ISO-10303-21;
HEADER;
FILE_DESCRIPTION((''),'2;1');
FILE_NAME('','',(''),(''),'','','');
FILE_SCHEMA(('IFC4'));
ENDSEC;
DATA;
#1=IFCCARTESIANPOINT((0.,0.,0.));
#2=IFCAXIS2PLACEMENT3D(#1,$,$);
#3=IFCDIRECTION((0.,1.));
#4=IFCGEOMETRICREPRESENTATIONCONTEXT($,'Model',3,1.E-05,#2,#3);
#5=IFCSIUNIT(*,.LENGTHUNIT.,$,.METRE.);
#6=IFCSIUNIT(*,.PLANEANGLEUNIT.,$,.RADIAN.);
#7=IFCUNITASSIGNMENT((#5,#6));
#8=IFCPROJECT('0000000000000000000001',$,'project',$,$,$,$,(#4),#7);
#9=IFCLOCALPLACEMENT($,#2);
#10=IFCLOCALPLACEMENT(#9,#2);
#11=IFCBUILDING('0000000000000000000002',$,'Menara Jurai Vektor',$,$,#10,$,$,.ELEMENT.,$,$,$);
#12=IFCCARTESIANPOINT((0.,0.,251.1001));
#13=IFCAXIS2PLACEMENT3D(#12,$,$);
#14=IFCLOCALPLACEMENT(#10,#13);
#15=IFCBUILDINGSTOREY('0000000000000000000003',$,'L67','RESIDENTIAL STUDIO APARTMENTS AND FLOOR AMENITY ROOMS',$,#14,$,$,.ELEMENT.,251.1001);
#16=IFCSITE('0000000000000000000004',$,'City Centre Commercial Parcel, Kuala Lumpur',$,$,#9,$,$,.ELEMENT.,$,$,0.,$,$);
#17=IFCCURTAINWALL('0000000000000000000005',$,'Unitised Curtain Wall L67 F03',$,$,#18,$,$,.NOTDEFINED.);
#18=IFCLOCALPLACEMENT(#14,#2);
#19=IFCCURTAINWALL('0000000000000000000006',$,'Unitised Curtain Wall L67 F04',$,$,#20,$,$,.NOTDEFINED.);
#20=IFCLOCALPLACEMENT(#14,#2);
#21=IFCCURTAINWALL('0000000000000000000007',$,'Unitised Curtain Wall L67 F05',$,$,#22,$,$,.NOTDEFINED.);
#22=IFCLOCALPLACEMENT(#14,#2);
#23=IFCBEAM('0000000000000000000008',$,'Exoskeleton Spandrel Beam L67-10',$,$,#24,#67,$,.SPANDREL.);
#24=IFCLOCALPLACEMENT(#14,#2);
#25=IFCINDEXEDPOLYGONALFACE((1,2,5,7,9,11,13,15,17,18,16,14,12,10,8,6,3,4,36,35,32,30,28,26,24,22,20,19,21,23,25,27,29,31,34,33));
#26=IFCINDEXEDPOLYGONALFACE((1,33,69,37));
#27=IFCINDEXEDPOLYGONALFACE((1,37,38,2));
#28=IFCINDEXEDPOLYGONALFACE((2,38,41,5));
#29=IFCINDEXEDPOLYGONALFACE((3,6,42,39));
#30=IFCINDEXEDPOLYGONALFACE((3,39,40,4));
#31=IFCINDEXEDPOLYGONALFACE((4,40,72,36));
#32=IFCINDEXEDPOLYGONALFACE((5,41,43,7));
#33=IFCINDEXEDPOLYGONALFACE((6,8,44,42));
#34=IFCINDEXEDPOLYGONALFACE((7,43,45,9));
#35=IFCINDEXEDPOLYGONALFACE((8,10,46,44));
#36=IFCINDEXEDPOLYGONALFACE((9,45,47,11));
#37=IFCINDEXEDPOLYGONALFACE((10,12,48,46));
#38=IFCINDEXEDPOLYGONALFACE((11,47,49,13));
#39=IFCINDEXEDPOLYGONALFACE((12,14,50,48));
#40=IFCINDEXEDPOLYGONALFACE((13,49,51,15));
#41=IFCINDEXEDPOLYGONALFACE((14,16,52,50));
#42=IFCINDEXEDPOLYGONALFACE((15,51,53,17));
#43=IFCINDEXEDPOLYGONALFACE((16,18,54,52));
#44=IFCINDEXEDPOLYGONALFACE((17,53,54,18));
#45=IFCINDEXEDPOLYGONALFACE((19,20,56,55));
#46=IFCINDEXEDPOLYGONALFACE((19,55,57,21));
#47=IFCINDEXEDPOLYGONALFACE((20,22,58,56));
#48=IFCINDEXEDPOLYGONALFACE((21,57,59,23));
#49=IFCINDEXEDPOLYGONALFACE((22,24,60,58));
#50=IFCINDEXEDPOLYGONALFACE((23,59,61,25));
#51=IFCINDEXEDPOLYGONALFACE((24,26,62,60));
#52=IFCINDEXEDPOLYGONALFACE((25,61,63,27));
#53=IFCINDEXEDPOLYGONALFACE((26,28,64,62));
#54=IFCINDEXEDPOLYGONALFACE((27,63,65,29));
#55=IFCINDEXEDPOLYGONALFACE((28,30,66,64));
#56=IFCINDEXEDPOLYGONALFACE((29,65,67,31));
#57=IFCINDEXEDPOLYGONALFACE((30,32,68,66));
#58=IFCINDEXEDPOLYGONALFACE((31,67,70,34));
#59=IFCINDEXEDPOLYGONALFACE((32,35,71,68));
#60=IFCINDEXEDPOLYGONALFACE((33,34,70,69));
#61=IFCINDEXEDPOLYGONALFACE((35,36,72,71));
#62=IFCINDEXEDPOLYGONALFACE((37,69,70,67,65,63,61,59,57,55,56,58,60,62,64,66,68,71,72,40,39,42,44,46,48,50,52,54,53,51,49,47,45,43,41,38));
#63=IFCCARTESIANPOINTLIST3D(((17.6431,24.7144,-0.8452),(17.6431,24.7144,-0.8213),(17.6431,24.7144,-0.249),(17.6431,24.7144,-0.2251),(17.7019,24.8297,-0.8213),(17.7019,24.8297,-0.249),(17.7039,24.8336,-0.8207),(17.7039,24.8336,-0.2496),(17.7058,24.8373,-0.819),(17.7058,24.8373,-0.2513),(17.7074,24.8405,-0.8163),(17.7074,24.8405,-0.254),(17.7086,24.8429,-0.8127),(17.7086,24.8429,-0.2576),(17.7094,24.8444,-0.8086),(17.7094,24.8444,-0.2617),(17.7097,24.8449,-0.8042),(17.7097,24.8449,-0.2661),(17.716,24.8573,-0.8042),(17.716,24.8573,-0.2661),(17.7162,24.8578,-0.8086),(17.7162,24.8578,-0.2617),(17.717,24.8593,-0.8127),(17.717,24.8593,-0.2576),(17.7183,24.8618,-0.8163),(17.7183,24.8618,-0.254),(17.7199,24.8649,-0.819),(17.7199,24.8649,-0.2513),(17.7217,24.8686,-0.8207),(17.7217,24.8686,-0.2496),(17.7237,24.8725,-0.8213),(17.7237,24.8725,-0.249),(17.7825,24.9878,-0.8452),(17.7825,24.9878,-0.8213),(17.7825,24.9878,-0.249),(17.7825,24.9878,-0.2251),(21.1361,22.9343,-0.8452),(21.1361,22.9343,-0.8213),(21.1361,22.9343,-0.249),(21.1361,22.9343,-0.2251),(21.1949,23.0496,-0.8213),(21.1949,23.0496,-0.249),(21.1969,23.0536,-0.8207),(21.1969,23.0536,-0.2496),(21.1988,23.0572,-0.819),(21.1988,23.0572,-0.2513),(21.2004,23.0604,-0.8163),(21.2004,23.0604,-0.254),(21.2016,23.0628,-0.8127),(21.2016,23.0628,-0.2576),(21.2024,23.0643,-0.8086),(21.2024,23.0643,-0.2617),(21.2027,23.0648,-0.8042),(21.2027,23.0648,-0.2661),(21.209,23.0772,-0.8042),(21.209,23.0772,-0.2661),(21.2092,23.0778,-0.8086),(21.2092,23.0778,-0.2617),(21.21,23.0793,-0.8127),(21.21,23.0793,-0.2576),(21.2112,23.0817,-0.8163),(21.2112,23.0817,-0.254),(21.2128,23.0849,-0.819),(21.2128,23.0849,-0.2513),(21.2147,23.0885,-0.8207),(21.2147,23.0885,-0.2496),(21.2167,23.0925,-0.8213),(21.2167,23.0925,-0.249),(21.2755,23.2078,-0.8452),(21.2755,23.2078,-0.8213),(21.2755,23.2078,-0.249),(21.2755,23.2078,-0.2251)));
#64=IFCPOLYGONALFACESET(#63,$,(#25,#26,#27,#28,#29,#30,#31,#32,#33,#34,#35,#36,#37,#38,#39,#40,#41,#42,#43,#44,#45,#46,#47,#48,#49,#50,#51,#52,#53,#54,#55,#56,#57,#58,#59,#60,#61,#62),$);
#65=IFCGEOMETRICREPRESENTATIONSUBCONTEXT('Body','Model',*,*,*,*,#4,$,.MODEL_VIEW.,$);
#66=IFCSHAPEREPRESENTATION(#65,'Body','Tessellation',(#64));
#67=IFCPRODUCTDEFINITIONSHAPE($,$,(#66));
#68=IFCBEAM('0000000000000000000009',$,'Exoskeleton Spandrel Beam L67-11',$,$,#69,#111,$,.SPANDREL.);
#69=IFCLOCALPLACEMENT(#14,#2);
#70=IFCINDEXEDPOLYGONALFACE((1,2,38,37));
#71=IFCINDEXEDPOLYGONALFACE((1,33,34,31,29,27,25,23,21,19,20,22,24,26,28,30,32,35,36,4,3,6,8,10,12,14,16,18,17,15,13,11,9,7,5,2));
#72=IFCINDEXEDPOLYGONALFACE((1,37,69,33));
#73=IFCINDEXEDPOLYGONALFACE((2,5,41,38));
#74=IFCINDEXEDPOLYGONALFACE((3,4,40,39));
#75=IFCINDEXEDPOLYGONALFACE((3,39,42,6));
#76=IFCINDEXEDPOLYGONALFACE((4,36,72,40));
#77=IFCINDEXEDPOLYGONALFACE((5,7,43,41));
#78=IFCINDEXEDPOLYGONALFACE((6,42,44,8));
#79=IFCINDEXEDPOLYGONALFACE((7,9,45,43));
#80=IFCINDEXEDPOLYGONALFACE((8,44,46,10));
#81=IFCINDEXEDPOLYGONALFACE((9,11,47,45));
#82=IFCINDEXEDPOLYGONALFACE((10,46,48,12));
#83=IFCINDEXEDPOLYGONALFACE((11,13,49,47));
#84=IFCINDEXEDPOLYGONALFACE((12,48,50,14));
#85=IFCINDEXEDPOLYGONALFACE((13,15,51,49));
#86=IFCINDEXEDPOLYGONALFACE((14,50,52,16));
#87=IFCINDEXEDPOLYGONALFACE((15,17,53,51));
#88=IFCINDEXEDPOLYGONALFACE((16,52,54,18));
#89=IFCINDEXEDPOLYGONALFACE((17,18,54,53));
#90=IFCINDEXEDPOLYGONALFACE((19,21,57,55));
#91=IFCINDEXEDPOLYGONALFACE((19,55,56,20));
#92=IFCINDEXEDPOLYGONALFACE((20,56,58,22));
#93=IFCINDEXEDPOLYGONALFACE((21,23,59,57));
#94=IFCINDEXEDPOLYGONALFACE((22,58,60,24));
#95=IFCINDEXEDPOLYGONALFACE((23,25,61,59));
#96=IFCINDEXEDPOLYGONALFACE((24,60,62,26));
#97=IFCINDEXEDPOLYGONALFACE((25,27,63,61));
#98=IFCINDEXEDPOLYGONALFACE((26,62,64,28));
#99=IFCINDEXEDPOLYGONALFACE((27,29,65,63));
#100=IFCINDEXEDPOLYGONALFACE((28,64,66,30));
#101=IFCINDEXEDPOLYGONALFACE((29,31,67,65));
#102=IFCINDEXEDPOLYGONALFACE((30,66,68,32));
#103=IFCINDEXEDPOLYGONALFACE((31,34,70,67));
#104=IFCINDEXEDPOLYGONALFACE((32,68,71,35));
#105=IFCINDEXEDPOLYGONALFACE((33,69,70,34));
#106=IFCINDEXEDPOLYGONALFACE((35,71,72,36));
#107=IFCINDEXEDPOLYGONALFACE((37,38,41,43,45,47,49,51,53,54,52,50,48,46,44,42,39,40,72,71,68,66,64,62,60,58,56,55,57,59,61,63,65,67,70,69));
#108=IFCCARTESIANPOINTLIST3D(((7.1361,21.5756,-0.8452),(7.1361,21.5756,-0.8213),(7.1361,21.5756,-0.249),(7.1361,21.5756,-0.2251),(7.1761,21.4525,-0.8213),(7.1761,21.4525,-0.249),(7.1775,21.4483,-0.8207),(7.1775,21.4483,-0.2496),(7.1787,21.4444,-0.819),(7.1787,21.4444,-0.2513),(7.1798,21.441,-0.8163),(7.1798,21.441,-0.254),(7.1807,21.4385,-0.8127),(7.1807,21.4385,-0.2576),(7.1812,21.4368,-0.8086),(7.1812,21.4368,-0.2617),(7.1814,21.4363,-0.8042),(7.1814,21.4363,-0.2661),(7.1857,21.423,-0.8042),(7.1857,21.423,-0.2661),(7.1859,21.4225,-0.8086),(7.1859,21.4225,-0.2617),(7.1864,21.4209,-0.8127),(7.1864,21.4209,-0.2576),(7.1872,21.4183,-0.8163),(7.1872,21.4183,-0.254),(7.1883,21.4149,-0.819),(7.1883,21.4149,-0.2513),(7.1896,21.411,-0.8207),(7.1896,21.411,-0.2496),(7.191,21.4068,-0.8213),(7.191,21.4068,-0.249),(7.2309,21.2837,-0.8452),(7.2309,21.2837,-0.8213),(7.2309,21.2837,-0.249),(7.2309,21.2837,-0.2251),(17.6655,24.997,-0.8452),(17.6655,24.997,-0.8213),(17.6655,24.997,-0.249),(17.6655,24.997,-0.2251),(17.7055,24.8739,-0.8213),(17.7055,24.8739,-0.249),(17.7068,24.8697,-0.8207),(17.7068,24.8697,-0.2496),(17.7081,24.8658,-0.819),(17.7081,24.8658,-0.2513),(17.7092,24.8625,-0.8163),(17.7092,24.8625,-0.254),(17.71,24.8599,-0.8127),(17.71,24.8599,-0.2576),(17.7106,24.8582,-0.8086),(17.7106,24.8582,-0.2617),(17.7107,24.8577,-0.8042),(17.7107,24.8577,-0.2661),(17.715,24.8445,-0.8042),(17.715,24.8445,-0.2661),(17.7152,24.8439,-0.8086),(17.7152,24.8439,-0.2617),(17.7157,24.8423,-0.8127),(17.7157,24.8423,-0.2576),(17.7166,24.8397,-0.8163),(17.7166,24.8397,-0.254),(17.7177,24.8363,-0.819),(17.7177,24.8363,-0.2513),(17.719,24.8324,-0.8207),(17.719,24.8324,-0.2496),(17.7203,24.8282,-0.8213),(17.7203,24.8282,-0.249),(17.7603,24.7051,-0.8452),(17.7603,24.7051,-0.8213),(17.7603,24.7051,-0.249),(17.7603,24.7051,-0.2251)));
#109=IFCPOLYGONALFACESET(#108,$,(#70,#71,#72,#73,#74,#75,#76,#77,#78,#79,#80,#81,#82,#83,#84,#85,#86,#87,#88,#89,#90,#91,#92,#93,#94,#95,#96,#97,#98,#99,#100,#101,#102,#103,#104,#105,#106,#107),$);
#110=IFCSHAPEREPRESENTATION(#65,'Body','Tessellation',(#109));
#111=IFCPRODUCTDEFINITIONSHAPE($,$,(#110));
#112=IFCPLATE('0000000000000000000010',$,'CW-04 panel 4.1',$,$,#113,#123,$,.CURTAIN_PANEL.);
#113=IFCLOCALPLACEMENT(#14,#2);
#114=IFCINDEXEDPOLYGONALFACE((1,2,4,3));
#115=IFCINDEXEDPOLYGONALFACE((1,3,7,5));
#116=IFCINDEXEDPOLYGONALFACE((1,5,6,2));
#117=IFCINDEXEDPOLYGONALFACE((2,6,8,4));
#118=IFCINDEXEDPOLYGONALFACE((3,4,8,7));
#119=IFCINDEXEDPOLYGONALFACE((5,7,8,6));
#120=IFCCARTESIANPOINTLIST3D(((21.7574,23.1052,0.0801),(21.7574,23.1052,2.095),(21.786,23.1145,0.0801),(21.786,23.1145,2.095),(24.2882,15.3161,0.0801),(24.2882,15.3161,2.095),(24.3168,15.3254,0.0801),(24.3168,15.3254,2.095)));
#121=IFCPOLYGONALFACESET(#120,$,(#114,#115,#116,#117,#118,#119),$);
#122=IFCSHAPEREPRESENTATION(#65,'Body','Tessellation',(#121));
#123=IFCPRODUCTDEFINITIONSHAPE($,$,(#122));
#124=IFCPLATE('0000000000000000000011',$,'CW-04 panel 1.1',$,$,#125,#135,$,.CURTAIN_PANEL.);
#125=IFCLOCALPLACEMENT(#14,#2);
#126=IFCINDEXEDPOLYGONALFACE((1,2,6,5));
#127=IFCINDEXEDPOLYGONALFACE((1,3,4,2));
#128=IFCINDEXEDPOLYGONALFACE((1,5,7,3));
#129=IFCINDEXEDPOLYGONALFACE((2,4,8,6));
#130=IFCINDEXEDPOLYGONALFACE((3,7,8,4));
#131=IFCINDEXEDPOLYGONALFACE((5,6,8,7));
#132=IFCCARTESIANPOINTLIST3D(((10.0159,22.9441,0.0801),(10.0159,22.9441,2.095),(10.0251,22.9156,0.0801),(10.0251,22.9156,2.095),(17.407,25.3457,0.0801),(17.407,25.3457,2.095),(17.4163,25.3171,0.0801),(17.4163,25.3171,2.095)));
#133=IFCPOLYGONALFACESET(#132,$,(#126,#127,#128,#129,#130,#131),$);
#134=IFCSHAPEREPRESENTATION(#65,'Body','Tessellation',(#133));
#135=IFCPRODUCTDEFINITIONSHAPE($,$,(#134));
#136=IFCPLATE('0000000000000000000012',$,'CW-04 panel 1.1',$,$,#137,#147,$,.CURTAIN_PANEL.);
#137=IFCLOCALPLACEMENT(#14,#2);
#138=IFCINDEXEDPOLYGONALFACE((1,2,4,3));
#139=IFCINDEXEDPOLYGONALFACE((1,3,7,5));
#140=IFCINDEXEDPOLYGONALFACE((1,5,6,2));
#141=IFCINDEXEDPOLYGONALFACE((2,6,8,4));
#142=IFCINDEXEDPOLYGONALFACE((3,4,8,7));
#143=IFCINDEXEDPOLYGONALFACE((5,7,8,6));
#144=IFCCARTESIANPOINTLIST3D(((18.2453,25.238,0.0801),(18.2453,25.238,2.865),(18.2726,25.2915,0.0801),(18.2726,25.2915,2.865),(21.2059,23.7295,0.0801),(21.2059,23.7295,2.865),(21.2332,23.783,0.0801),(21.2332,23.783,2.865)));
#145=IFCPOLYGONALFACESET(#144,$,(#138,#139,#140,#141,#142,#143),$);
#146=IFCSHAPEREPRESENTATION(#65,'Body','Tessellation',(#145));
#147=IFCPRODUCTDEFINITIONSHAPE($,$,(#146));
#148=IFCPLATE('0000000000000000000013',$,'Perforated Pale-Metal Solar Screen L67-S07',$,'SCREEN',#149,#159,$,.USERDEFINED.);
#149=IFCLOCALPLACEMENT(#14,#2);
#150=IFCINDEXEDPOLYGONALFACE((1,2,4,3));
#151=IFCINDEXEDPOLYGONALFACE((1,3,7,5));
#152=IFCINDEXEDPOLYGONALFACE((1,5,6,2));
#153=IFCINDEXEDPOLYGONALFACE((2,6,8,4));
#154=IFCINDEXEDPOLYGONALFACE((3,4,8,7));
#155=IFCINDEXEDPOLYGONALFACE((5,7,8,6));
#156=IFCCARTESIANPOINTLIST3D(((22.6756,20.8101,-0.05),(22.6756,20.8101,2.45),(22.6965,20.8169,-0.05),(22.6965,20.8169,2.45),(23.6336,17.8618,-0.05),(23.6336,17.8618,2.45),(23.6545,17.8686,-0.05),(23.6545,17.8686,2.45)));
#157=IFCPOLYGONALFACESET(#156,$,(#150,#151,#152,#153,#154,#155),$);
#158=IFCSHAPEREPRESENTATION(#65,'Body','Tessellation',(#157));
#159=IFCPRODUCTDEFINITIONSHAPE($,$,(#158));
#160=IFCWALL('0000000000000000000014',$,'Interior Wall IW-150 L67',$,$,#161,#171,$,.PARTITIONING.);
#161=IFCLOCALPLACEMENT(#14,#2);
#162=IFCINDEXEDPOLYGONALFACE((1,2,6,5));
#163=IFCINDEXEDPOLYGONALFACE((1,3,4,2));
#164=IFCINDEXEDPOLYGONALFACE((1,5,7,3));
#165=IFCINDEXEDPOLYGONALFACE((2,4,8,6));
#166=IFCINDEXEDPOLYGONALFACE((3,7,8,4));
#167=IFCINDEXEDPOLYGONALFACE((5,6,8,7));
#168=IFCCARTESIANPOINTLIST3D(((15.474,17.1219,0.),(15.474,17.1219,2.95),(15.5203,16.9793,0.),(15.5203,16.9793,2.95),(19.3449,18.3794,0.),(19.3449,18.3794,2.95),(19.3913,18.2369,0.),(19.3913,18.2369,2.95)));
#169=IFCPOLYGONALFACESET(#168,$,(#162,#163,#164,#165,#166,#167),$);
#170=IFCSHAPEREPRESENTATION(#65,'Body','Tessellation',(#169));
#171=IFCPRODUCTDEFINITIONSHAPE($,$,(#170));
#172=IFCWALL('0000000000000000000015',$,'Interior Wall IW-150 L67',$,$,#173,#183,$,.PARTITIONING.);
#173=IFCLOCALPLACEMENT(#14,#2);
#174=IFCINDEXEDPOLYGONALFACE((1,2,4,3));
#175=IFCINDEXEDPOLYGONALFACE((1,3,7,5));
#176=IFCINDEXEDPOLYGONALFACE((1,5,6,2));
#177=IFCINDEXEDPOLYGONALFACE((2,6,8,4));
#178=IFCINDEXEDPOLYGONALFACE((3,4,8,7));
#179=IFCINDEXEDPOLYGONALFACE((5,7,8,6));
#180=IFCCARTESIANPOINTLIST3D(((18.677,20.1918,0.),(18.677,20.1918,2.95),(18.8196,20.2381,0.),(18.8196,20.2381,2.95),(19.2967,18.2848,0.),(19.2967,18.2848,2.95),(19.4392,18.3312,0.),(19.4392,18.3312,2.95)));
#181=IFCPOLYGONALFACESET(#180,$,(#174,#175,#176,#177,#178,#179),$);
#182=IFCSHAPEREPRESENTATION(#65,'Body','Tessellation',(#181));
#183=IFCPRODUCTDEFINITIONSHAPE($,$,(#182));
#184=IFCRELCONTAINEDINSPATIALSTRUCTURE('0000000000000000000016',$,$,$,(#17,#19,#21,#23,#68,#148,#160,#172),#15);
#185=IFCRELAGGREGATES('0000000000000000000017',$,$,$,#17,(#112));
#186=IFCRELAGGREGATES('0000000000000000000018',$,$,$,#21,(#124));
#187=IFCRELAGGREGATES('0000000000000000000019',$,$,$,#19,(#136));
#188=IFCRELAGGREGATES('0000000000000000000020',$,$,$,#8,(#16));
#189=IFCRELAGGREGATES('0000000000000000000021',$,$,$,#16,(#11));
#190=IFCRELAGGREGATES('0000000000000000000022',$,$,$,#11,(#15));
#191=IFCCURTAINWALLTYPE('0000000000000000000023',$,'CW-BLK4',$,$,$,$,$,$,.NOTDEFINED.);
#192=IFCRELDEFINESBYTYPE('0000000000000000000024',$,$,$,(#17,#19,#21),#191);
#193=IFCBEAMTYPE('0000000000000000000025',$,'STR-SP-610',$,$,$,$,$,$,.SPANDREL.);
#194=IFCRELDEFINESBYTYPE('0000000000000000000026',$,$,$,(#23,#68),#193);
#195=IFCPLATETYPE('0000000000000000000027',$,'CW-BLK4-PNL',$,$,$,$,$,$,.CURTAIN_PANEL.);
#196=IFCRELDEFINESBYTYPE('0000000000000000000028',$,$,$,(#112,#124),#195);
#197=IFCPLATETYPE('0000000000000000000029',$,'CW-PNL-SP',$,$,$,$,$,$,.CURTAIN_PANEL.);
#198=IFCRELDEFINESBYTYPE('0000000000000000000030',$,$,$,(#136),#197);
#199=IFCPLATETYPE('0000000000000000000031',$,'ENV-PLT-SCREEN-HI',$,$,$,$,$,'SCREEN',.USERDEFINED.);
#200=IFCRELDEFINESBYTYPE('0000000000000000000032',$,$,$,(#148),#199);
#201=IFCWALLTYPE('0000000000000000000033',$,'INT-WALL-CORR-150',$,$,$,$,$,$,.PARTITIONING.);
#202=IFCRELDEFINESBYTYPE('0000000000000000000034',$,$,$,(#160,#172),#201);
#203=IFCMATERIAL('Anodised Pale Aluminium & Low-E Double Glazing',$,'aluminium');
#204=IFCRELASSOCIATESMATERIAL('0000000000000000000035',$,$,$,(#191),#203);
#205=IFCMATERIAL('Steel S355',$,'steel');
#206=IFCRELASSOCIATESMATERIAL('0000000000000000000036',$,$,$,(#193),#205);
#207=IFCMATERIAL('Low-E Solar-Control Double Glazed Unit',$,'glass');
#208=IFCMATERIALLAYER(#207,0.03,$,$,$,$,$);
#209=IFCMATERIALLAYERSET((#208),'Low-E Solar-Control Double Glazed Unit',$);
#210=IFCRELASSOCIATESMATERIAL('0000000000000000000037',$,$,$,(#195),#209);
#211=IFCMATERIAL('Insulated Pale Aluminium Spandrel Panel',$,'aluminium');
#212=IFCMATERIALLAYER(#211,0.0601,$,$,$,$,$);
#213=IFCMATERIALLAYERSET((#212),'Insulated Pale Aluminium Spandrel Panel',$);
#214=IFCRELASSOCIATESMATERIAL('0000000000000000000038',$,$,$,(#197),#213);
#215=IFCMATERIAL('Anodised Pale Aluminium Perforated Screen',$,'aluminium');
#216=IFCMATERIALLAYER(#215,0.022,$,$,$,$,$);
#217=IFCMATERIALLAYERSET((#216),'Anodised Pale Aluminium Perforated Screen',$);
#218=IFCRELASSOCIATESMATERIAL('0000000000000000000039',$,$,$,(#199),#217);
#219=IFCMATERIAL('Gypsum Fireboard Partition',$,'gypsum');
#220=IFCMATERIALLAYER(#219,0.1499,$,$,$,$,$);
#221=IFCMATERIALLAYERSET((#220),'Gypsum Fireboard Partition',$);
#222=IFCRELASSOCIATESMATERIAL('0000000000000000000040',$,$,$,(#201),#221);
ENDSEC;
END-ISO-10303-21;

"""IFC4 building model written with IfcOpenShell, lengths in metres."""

from ifc_helpers import new_model, si_unit, direction, frame, frame_2d, origin, origin_2d, place, context, subcontext, project, spatial, rectangle, i_section, extrude, material, layer, layer_set, material_profile, profile_set, type_object, element, aggregate, save


model = new_model("IFC4")

# Units and contexts
model_context = context("Model", 3, precision=1e-05, world=origin(), true_north=direction((0.0, 1.0)))
body_context = subcontext(model_context, "Body", "Model", "MODEL_VIEW")
ifc_project = project(units=[si_unit("LENGTHUNIT", "METRE"), si_unit("PLANEANGLEUNIT", "RADIAN")], contexts=[model_context])

# Site, building, storey
site_placement = place(None, origin())
site = spatial("IfcSite", under=ifc_project, at=site_placement, Name="City Centre Commercial Parcel, Kuala Lumpur", CompositionType="ELEMENT", RefElevation=0.0)
building_placement = place(site_placement, origin())
building = spatial("IfcBuilding", under=site, at=building_placement, Name="Menara Jurai Vektor", CompositionType="ELEMENT")
storey_placement = place(building_placement, frame((0.0, 0.0, 251.1001)))
storey = spatial("IfcBuildingStorey", under=building, at=storey_placement, Name="L67", Description="RESIDENTIAL STUDIO APARTMENTS AND FLOOR AMENITY ROOMS", CompositionType="ELEMENT", Elevation=251.1001)

# Curtain wall
ifc_material_1 = material(Name="Anodised Pale Aluminium & Low-E Double Glazing", Category="aluminium")
curtain_wall_type = type_object("IfcCurtainWallType", Name="CW-BLK4", PredefinedType="NOTDEFINED", material=ifc_material_1)
curtain_wall_1_placement = place(storey_placement, origin())
curtain_wall_1 = element("IfcCurtainWall", 1, at=curtain_wall_1_placement, inside=storey, type_object=curtain_wall_type, Name="Unitised Curtain Wall L67 F03", PredefinedType="NOTDEFINED")

# Curtain wall
curtain_wall_2_placement = place(storey_placement, origin())
curtain_wall_2 = element("IfcCurtainWall", 2, at=curtain_wall_2_placement, inside=storey, type_object=curtain_wall_type, Name="Unitised Curtain Wall L67 F04", PredefinedType="NOTDEFINED")

# Curtain wall
curtain_wall_3_placement = place(storey_placement, origin())
curtain_wall_3 = element("IfcCurtainWall", 3, at=curtain_wall_3_placement, inside=storey, type_object=curtain_wall_type, Name="Unitised Curtain Wall L67 F05", PredefinedType="NOTDEFINED")

# Shared definitions
ifc_material_2 = material(Name="Steel S355", Category="steel")

# Beams
ifc_material_profile_1 = material_profile(ifc_material_2, i_section(OverallWidth=0.3069, OverallDepth=0.6201, WebThickness=0.0139, FlangeThickness=0.0239, FilletRadius=0.0171, at=origin_2d()), Name="UKB 610x305x179")
ifc_profile_set_1 = profile_set([ifc_material_profile_1], Name="Steel S355")
beam_type_1 = type_object("IfcBeamType", Name="STR-SP-610", PredefinedType="SPANDREL", material=ifc_profile_set_1)
beam_1_placement = place(storey_placement, frame((21.2058, 23.071, -0.5352), z_axis=(-0.890976, 0.454051, 0.0), x_axis=(-0.454051, -0.890976, 0.0)))
element("IfcBeam", 4, at=beam_1_placement, inside=storey, type_object=beam_type_1, Name="Exoskeleton Spandrel Beam L67-10", PredefinedType="SPANDREL", context=body_context, shape_type="SweptSolid", body=[
    extrude(i_section(OverallWidth=0.3069, OverallDepth=0.6201, WebThickness=0.0139, FlangeThickness=0.0239, FilletRadius=0.0171, at=origin_2d()), origin(), (0.0, 0.0, 1.0), 3.9204),
])
beam_2_placement = place(storey_placement, frame((17.7129, 24.8511, -0.5352), z_axis=(-0.951051, -0.309034, 0.0), x_axis=(0.309034, -0.951051, 0.0)))
element("IfcBeam", 5, at=beam_2_placement, inside=storey, type_object=beam_type_1, Name="Exoskeleton Spandrel Beam L67-11", PredefinedType="SPANDREL", context=body_context, shape_type="SweptSolid", body=[
    extrude(i_section(OverallWidth=0.3069, OverallDepth=0.6201, WebThickness=0.0139, FlangeThickness=0.0239, FilletRadius=0.0171, at=origin_2d()), origin(), (0.0, 0.0, 1.0), 11.0713),
])

# Plates
ifc_material_3 = material(Name="Low-E Solar-Control Double Glazed Unit", Category="glass")
ifc_layer_1 = layer(ifc_material_3, 0.03)
ifc_layer_set_1 = layer_set([ifc_layer_1], Name="Low-E Solar-Control Double Glazed Unit")
plate_type_1 = type_object("IfcPlateType", Name="CW-BLK4-PNL", PredefinedType="CURTAIN_PANEL", material=ifc_layer_set_1)
plate_1_placement = place(storey_placement, frame((23.0371, 19.2153, 0.0801), z_axis=(0.0, 0.0, 1.0), x_axis=(-0.309016, 0.951057, 0.0)))
plate_1 = element("IfcPlate", 6, at=plate_1_placement, type_object=plate_type_1, Name="CW-04 panel 4.1", PredefinedType="CURTAIN_PANEL", context=body_context, shape_type="SweptSolid", body=[
    extrude(rectangle(XDim=8.1899, YDim=0.03, at=origin_2d()), origin(), (0.0, 0.0, 1.0), 2.0149),
])
aggregate(curtain_wall_1, [plate_1])
plate_2_placement = place(storey_placement, frame((13.7161, 24.1306, 0.0801), z_axis=(0.0, 0.0, 1.0), x_axis=(-0.951056, -0.309017, 0.0)))
plate_2 = element("IfcPlate", 7, at=plate_2_placement, type_object=plate_type_1, Name="CW-04 panel 1.1", PredefinedType="CURTAIN_PANEL", context=body_context, shape_type="SweptSolid", body=[
    extrude(rectangle(XDim=7.7715, YDim=0.03, at=origin_2d()), origin(), (0.0, 0.0, 1.0), 2.0149),
])
aggregate(curtain_wall_3, [plate_2])
ifc_material_4 = material(Name="Insulated Pale Aluminium Spandrel Panel", Category="aluminium")
ifc_layer_2 = layer(ifc_material_4, 0.0601)
ifc_layer_set_2 = layer_set([ifc_layer_2], Name="Insulated Pale Aluminium Spandrel Panel")
plate_type_2 = type_object("IfcPlateType", Name="CW-PNL-SP", PredefinedType="CURTAIN_PANEL", material=ifc_layer_set_2)
plate_3_placement = place(storey_placement, frame((19.7393, 24.5105, 0.0801), z_axis=(0.0, 0.0, 1.0), x_axis=(-0.891008, 0.453989, 0.0)))
plate_3 = element("IfcPlate", 8, at=plate_3_placement, type_object=plate_type_2, Name="CW-04 panel 1.1", PredefinedType="CURTAIN_PANEL", context=body_context, shape_type="SweptSolid", body=[
    extrude(rectangle(XDim=3.3228, YDim=0.0601, at=origin_2d()), origin(), (0.0, 0.0, 1.0), 2.7849),
])
aggregate(curtain_wall_2, [plate_3])
ifc_material_5 = material(Name="Anodised Pale Aluminium Perforated Screen", Category="aluminium")
ifc_layer_3 = layer(ifc_material_5, 0.022)
ifc_layer_set_3 = layer_set([ifc_layer_3], Name="Anodised Pale Aluminium Perforated Screen")
plate_type_3 = type_object("IfcPlateType", Name="ENV-PLT-SCREEN-HI", ElementType="SCREEN", PredefinedType="USERDEFINED", material=ifc_layer_set_3)
plate_4_placement = place(storey_placement, frame((23.165, 19.3394, -0.05), z_axis=(0.0, 0.0, 1.0), x_axis=(-0.309017, 0.951057, 0.0)))
element("IfcPlate", 9, at=plate_4_placement, inside=storey, type_object=plate_type_3, Name="Perforated Pale-Metal Solar Screen L67-S07", ObjectType="SCREEN", PredefinedType="USERDEFINED", context=body_context, shape_type="SweptSolid", body=[
    extrude(rectangle(XDim=3.1001, YDim=0.022, at=origin_2d()), origin(), (0.0, 0.0, 1.0), 2.5),
])

# Shared definitions
ifc_material_6 = material(Name="Gypsum Fireboard Partition", Category="gypsum")
ifc_layer_4 = layer(ifc_material_6, 0.1499)
ifc_layer_set_4 = layer_set([ifc_layer_4], Name="Gypsum Fireboard Partition")
wall_type_1 = type_object("IfcWallType", Name="INT-WALL-CORR-150", PredefinedType="PARTITIONING", material=ifc_layer_set_4)

# Wall
wall_1_placement = place(storey_placement, frame((15.4971, 17.0505, 0.0), z_axis=(0.0, 0.0, 1.0), x_axis=(0.951067, 0.308984, 0.0)))
element("IfcWall", 10, at=wall_1_placement, inside=storey, type_object=wall_type_1, Name="Interior Wall IW-150 L67", PredefinedType="PARTITIONING", context=body_context, shape_type="SweptSolid", body=[
    extrude(rectangle(XDim=4.0701, YDim=0.1499, at=frame_2d((2.0352, 0.0))), origin(), (0.0, 0.0, 1.0), 2.95),
])

# Wall
wall_2_placement = place(storey_placement, frame((19.3679, 18.3081, 0.0), z_axis=(0.0, 0.0, 1.0), x_axis=(-0.309023, 0.951055, 0.0)))
element("IfcWall", 11, at=wall_2_placement, inside=storey, type_object=wall_type_1, Name="Interior Wall IW-150 L67", PredefinedType="PARTITIONING", context=body_context, shape_type="SweptSolid", body=[
    extrude(rectangle(XDim=2.0051, YDim=0.1499, at=frame_2d((1.0024, 0.0))), origin(), (0.0, 0.0, 1.0), 2.95),
])

save(model, "model.ifc")
